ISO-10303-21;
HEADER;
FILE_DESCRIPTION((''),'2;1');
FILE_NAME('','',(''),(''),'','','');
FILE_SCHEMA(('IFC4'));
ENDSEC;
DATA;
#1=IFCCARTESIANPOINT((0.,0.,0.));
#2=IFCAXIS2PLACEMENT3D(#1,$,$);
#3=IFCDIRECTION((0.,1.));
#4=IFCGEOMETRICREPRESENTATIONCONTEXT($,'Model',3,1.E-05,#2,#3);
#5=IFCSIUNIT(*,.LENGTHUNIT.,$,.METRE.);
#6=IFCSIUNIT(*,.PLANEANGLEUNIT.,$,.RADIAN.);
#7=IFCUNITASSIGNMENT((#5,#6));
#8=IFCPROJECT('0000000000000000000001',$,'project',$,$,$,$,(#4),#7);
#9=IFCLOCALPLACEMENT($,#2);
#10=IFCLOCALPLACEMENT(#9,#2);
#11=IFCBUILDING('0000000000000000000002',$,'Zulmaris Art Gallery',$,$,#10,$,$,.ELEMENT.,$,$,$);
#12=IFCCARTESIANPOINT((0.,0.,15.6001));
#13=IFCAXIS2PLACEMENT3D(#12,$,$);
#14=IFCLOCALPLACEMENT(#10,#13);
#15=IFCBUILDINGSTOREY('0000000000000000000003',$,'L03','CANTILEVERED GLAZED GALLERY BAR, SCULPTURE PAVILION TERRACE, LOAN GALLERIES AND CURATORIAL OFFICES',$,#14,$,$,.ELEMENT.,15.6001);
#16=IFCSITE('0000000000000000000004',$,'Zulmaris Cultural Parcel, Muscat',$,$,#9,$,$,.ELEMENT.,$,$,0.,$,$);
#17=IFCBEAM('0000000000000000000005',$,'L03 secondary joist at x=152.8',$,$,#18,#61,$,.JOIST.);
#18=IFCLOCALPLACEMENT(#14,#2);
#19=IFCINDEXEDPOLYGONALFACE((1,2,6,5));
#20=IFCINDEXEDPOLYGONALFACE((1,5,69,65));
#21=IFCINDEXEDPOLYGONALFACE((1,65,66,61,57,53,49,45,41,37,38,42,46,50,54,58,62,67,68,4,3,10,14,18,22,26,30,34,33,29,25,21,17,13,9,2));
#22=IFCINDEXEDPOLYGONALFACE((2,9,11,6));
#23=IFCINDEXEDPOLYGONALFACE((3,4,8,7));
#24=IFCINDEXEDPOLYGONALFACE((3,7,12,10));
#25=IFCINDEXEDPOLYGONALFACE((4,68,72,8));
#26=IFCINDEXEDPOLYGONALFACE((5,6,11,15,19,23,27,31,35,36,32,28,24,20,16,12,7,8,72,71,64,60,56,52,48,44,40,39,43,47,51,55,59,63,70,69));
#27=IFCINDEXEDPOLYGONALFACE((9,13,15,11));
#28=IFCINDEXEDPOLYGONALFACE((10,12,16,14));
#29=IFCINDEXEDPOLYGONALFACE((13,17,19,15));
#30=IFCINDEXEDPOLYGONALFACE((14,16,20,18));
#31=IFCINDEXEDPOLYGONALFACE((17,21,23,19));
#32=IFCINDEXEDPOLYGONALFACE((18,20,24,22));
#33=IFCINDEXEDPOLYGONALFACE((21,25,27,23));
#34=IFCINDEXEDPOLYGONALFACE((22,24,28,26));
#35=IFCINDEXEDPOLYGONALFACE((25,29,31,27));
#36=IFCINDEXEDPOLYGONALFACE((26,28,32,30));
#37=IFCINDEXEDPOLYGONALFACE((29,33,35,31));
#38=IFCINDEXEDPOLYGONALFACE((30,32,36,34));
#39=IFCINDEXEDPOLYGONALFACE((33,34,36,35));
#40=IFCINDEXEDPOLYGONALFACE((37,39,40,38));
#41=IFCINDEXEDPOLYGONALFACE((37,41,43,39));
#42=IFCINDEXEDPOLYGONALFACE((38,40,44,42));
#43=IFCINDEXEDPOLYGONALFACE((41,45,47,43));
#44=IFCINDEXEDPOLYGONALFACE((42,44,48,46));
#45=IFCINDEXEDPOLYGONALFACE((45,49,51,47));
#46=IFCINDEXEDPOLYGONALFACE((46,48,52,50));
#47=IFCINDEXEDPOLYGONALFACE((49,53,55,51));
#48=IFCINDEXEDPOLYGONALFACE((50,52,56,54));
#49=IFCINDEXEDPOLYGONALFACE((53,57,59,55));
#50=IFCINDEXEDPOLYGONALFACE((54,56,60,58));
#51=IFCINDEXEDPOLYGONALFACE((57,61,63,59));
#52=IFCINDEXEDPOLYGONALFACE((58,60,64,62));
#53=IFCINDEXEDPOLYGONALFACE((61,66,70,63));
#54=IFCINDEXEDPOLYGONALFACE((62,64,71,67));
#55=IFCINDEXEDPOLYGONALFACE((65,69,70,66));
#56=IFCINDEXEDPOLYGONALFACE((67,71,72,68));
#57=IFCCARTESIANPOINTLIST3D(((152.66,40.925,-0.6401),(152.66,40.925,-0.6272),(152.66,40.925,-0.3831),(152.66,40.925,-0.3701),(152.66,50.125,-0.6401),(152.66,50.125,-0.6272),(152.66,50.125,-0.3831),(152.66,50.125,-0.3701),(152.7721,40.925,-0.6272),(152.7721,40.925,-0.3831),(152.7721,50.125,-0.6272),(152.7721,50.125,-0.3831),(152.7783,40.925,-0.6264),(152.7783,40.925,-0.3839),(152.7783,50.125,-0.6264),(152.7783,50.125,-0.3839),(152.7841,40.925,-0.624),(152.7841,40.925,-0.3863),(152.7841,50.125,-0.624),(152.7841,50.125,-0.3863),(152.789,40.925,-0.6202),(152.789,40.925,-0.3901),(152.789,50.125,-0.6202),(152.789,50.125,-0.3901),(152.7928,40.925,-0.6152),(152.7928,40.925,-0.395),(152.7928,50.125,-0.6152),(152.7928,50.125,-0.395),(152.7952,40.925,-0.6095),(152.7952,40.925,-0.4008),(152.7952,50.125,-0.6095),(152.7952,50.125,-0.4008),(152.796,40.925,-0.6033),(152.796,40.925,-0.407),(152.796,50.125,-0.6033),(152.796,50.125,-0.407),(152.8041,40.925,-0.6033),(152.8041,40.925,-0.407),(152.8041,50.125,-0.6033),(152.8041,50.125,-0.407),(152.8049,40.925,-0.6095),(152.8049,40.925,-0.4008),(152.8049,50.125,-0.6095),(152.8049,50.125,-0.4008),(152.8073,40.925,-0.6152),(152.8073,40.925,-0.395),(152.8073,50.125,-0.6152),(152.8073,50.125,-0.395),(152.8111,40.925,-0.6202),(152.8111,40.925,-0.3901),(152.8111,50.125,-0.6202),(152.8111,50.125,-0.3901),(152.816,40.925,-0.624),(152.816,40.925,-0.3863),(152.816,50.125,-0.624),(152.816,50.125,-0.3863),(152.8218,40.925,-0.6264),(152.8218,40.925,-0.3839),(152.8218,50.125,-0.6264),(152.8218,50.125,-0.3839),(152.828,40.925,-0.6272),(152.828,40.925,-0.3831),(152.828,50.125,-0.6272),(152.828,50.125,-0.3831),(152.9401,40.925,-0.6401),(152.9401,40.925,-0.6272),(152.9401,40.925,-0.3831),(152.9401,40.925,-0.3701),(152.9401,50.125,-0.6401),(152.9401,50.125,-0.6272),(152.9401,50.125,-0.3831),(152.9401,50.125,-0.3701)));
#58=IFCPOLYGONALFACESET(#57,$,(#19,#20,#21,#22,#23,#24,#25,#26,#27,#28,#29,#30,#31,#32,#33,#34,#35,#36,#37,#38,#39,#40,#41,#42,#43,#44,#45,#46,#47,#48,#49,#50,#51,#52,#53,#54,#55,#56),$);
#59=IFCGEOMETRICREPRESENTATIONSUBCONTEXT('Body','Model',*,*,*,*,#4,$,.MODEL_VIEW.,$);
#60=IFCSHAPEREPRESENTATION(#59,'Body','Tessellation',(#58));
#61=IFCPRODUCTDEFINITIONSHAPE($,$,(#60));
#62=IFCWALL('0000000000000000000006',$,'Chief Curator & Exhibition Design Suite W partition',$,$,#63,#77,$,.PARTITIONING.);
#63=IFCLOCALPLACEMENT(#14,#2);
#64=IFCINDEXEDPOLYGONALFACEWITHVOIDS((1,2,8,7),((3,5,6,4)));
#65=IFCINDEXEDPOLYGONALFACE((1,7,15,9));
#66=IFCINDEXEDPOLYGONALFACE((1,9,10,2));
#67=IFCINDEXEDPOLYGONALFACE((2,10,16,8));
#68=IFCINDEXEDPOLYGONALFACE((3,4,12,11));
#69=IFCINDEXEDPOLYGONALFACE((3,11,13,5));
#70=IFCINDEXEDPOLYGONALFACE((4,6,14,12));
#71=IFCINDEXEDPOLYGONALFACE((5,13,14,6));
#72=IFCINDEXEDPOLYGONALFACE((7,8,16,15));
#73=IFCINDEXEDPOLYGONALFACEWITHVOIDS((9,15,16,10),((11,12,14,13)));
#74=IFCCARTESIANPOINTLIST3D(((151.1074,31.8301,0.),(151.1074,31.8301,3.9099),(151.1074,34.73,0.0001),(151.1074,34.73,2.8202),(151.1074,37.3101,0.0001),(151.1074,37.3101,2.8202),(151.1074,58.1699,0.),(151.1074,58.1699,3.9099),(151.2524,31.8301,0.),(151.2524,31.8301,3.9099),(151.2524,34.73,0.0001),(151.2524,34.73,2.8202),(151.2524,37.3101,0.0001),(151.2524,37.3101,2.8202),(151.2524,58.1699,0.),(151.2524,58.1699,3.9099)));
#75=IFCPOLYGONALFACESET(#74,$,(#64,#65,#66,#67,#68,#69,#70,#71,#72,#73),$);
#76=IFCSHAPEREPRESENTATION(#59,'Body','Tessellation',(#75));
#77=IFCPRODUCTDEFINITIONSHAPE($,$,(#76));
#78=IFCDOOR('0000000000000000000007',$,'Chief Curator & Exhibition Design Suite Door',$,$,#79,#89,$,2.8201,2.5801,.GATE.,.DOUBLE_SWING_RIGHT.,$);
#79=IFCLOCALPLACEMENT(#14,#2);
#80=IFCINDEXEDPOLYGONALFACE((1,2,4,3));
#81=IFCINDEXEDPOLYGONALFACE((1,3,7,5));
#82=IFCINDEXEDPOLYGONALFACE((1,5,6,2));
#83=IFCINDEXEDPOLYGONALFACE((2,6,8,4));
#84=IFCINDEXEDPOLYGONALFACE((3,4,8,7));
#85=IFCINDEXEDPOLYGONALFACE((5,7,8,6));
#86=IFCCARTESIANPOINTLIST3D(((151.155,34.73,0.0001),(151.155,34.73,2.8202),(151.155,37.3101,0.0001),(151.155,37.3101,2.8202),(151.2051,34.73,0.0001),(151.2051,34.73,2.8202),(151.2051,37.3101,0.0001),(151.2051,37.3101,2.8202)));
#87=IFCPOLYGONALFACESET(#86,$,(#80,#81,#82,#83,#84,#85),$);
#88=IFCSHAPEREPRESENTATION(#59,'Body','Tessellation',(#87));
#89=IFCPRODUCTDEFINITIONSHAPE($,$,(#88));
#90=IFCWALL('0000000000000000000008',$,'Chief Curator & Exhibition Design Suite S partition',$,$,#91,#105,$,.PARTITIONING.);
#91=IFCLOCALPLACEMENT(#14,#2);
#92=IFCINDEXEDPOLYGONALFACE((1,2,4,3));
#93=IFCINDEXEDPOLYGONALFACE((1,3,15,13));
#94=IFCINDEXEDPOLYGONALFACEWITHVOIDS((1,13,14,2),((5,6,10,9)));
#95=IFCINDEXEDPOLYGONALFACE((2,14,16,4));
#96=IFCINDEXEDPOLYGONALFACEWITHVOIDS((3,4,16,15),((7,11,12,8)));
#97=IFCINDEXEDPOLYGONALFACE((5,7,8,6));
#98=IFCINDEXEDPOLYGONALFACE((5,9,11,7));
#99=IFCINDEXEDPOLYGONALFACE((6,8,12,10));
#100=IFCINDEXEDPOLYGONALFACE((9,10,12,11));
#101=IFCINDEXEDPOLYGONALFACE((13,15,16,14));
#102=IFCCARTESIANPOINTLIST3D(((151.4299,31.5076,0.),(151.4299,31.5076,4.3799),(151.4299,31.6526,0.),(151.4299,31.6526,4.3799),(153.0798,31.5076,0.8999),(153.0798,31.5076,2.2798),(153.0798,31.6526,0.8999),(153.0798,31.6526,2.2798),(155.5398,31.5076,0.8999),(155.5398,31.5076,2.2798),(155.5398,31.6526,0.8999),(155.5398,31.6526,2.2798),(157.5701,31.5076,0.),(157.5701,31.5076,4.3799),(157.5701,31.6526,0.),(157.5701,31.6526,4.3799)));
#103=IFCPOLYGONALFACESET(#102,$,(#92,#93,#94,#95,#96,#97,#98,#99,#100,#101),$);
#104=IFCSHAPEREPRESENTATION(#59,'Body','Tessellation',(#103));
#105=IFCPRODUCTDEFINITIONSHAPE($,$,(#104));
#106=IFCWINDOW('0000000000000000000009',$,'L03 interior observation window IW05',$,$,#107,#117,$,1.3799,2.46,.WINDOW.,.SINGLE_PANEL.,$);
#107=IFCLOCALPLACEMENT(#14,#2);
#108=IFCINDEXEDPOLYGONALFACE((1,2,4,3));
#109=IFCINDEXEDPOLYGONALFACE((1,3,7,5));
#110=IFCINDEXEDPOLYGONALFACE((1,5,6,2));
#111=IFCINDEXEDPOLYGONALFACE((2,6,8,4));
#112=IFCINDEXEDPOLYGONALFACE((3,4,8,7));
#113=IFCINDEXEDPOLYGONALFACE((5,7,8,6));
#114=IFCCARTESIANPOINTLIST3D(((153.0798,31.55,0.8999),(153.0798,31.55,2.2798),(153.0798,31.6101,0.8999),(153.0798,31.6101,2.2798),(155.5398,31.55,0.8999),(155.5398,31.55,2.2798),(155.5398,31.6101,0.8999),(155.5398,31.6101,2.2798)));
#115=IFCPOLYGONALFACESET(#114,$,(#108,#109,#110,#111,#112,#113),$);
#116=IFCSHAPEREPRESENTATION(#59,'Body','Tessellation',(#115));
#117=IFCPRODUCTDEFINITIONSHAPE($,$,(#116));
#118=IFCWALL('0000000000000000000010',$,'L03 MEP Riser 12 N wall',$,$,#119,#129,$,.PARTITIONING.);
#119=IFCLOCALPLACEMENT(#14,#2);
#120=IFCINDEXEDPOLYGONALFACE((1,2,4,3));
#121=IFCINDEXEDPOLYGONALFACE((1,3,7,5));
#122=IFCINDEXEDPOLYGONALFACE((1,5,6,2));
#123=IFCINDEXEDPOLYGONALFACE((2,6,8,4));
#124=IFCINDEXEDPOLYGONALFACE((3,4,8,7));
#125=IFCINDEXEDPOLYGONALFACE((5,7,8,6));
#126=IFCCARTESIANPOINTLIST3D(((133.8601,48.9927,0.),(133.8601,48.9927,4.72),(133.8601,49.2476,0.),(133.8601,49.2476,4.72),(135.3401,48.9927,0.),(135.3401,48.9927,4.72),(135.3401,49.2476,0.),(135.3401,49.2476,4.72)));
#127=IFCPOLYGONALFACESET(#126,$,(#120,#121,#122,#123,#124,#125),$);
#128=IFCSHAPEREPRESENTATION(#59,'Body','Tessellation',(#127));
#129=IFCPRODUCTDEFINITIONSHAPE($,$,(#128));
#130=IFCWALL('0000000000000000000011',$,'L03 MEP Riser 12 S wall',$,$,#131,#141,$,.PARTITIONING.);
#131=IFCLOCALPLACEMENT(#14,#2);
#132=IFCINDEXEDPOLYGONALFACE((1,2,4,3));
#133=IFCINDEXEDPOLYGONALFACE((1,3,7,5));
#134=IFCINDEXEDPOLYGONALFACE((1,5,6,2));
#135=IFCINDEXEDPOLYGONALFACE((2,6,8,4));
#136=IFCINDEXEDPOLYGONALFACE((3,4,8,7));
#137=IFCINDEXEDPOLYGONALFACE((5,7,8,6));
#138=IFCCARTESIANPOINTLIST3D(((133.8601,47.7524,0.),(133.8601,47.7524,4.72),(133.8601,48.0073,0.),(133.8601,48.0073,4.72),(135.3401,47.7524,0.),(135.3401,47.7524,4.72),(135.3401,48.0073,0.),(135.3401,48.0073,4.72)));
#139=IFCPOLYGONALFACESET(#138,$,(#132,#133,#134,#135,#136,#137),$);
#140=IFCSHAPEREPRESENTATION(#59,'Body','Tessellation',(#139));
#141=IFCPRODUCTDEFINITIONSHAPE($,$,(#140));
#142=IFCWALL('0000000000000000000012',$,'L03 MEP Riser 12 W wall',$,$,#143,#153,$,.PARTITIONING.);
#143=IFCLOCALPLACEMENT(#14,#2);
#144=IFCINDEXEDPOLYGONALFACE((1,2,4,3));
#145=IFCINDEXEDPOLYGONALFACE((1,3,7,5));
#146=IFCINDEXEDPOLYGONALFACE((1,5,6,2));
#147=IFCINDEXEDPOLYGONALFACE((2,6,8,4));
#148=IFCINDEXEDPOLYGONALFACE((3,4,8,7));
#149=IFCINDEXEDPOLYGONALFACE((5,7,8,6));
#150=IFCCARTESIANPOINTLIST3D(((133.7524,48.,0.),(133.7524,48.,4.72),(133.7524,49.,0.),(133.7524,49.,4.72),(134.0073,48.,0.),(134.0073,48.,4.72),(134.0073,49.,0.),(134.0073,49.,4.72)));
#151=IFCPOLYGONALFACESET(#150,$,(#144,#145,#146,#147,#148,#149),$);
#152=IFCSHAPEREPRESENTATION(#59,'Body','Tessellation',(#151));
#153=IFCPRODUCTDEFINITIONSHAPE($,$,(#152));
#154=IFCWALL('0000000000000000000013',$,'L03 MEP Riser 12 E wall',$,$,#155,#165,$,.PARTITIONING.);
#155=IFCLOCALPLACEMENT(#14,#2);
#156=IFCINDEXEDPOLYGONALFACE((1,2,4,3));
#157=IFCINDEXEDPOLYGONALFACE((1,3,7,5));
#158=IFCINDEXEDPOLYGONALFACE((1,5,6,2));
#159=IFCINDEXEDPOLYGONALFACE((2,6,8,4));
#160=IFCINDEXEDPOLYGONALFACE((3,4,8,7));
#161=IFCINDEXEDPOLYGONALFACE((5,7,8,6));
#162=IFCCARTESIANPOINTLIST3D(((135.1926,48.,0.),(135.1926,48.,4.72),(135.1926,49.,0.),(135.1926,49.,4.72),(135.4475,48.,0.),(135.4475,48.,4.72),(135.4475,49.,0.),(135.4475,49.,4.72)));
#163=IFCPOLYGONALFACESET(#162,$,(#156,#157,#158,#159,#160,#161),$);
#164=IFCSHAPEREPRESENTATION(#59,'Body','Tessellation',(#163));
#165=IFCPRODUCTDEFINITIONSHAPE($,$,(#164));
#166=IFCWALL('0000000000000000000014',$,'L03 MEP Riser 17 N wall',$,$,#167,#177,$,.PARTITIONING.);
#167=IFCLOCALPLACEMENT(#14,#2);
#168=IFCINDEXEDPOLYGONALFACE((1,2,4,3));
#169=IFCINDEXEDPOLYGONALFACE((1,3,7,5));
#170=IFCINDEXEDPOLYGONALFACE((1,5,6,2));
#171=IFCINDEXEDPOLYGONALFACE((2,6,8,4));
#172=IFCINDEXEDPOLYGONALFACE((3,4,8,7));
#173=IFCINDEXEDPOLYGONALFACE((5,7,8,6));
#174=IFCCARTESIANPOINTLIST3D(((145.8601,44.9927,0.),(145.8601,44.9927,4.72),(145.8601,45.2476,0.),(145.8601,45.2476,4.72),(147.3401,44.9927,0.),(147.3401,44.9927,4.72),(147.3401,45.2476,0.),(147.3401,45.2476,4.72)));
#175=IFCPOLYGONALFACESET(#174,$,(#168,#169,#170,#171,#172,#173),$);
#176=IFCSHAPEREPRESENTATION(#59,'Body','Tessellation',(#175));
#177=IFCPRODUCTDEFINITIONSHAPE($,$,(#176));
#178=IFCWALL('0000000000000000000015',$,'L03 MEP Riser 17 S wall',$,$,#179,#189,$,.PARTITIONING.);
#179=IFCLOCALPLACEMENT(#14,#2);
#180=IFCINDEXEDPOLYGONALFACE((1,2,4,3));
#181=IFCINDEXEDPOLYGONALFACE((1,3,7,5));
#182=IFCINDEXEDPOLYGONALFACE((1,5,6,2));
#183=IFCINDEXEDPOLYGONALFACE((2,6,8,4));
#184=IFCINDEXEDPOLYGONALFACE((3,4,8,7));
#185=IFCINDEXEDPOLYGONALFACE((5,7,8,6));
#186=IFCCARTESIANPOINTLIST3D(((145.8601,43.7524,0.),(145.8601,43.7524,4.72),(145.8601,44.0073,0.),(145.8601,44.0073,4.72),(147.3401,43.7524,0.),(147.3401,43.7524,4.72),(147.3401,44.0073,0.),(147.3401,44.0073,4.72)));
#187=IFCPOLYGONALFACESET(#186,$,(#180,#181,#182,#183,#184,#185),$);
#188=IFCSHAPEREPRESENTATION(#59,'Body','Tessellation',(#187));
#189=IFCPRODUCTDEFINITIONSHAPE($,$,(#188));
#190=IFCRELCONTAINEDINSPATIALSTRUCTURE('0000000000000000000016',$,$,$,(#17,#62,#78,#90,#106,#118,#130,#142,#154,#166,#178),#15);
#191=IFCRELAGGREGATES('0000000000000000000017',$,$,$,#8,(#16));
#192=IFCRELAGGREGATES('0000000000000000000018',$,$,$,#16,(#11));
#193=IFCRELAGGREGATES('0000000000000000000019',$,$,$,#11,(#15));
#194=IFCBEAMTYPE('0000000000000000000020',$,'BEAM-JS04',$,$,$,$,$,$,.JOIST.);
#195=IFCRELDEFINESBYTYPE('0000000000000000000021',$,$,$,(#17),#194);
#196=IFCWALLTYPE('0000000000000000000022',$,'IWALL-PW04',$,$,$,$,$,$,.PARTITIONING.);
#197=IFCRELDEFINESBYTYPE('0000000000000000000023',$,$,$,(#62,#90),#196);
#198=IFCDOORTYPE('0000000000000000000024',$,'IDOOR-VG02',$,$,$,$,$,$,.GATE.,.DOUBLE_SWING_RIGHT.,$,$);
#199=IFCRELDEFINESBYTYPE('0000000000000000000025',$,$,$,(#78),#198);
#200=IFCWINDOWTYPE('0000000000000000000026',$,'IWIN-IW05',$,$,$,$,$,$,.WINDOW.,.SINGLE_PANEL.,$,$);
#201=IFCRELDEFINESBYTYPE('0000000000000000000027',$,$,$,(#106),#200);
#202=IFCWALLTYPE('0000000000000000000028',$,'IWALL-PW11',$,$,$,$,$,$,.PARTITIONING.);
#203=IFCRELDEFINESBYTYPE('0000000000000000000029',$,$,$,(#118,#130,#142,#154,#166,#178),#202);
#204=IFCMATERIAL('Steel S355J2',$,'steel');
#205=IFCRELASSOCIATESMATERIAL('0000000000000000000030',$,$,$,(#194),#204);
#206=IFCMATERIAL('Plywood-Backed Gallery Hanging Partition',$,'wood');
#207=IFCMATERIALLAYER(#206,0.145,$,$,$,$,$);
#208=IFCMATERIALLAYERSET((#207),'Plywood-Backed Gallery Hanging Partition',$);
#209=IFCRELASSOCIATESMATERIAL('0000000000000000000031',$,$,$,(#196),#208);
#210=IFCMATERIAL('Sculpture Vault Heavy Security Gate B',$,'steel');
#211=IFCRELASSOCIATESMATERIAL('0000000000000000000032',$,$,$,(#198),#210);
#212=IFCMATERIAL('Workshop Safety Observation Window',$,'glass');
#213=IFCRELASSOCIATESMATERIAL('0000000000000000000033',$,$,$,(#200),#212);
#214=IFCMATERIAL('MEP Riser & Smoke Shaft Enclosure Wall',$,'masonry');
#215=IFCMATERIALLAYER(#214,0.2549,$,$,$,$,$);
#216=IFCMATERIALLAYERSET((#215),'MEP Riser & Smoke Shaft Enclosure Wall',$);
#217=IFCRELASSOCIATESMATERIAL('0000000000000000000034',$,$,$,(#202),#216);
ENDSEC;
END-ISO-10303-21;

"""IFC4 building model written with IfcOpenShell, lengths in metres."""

from ifc_helpers import new_model, si_unit, direction, frame, frame_2d, origin, origin_2d, place, context, subcontext, project, spatial, rectangle, i_section, extrude, material, layer, layer_set, material_profile, profile_set, type_object, element, fill, save


model = new_model("IFC4")

# Units and contexts
model_context = context("Model", 3, precision=1e-05, world=origin(), true_north=direction((0.0, 1.0)))
body_context = subcontext(model_context, "Body", "Model", "MODEL_VIEW")
ifc_project = project(units=[si_unit("LENGTHUNIT", "METRE"), si_unit("PLANEANGLEUNIT", "RADIAN")], contexts=[model_context])

# Site, building, storey
site_placement = place(None, origin())
site = spatial("IfcSite", under=ifc_project, at=site_placement, Name="Zulmaris Cultural Parcel, Muscat", CompositionType="ELEMENT", RefElevation=0.0)
building_placement = place(site_placement, origin())
building = spatial("IfcBuilding", under=site, at=building_placement, Name="Zulmaris Art Gallery", CompositionType="ELEMENT")
storey_placement = place(building_placement, frame((0.0, 0.0, 15.6001)))
storey = spatial("IfcBuildingStorey", under=building, at=storey_placement, Name="L03", Description="CANTILEVERED GLAZED GALLERY BAR, SCULPTURE PAVILION TERRACE, LOAN GALLERIES AND CURATORIAL OFFICES", CompositionType="ELEMENT", Elevation=15.6001)

# Beam
ifc_material_1 = material(Name="Steel S355J2", Category="steel")
ifc_material_profile_1 = material_profile(ifc_material_1, i_section(OverallWidth=0.28, OverallDepth=0.27, WebThickness=0.0081, FlangeThickness=0.0129, FilletRadius=0.0239, at=origin_2d()), Name="HEA 280")
ifc_profile_set_1 = profile_set([ifc_material_profile_1], Name="Steel S355J2")
beam_type_1 = type_object("IfcBeamType", Name="BEAM-JS04", PredefinedType="JOIST", material=ifc_profile_set_1)
beam_1_placement = place(storey_placement, frame((152.8, 40.925, -0.5051), z_axis=(0.0, 1.0, 0.0), x_axis=(-1.0, 0.0, 0.0)))
element("IfcBeam", 1, at=beam_1_placement, inside=storey, type_object=beam_type_1, Name="L03 secondary joist at x=152.8", PredefinedType="JOIST", context=body_context, shape_type="SweptSolid", body=[
    extrude(i_section(OverallWidth=0.28, OverallDepth=0.27, WebThickness=0.0081, FlangeThickness=0.0129, FilletRadius=0.0239, at=origin_2d()), origin(), (0.0, 0.0, 1.0), 9.2),
])

# Wall, opening, door
ifc_material_2 = material(Name="Plywood-Backed Gallery Hanging Partition", Category="wood")
ifc_layer_1 = layer(ifc_material_2, 0.145)
ifc_layer_set_1 = layer_set([ifc_layer_1], Name="Plywood-Backed Gallery Hanging Partition")
wall_type_1 = type_object("IfcWallType", Name="IWALL-PW04", PredefinedType="PARTITIONING", material=ifc_layer_set_1)
wall_1_placement = place(storey_placement, frame((151.1799, 31.8301, 0.0), z_axis=(0.0, 0.0, 1.0), x_axis=(0.0, 1.0, 0.0)))
wall_1 = element("IfcWall", 2, at=wall_1_placement, inside=storey, type_object=wall_type_1, Name="Chief Curator & Exhibition Design Suite W partition", PredefinedType="PARTITIONING", context=body_context, shape_type="SweptSolid", body=[
    extrude(rectangle(XDim=26.3398, YDim=0.145, at=frame_2d((13.1699, 0.0))), origin(), (0.0, 0.0, 1.0), 3.9099),
])
opening_1_placement = place(wall_1_placement, frame((2.8999, 0.0, 0.0)))
opening_1 = element("IfcOpeningElement", 3, at=opening_1_placement, cuts=wall_1, PredefinedType="OPENING", context=body_context, shape_type="SweptSolid", body=[
    extrude(rectangle(XDim=2.5801, YDim=2.8201, at=frame_2d((1.29, 1.4102))), frame((0.0, 0.0825, 0.0), z_axis=(0.0, -1.0, 0.0), x_axis=(1.0, 0.0, 0.0)), (0.0, 0.0, 1.0), 0.165),
])
ifc_material_3 = material(Name="Sculpture Vault Heavy Security Gate B", Category="steel")
door_type = type_object("IfcDoorType", Name="IDOOR-VG02", OperationType="DOUBLE_SWING_RIGHT", PredefinedType="GATE", material=ifc_material_3)
door_placement = place(opening_1_placement, origin())
door = element("IfcDoor", 4, at=door_placement, inside=storey, type_object=door_type, Name="Chief Curator & Exhibition Design Suite Door", OperationType="DOUBLE_SWING_RIGHT", OverallHeight=2.8201, OverallWidth=2.5801, PredefinedType="GATE", context=body_context, shape_type="SweptSolid", body=[
    extrude(rectangle(XDim=2.5801, YDim=2.8201, at=frame_2d((1.29, 1.4102))), frame((0.0, 0.0249, 0.0), z_axis=(0.0, -1.0, 0.0), x_axis=(1.0, 0.0, 0.0)), (0.0, 0.0, 1.0), 0.05),
])
fill(opening_1, door)

# Wall, opening, window
wall_2_placement = place(storey_placement, frame((151.4299, 31.5801, 0.0), z_axis=(0.0, 0.0, 1.0), x_axis=(1.0, 0.0, 0.0)))
wall_2 = element("IfcWall", 5, at=wall_2_placement, inside=storey, type_object=wall_type_1, Name="Chief Curator & Exhibition Design Suite S partition", PredefinedType="PARTITIONING", context=body_context, shape_type="SweptSolid", body=[
    extrude(rectangle(XDim=6.1401, YDim=0.145, at=frame_2d((3.0701, 0.0))), origin(), (0.0, 0.0, 1.0), 4.3799),
])
opening_2_placement = place(wall_2_placement, frame((1.6499, 0.0, 0.8999)))
opening_2 = element("IfcOpeningElement", 6, at=opening_2_placement, cuts=wall_2, PredefinedType="OPENING", context=body_context, shape_type="SweptSolid", body=[
    extrude(rectangle(XDim=2.46, YDim=1.3799, at=frame_2d((1.23, 0.6899))), frame((0.0, 0.0825, 0.0), z_axis=(0.0, -1.0, 0.0), x_axis=(1.0, 0.0, 0.0)), (0.0, 0.0, 1.0), 0.165),
])
ifc_material_4 = material(Name="Workshop Safety Observation Window", Category="glass")
window_type = type_object("IfcWindowType", Name="IWIN-IW05", PartitioningType="SINGLE_PANEL", PredefinedType="WINDOW", material=ifc_material_4)
window_placement = place(opening_2_placement, origin())
window = element("IfcWindow", 7, at=window_placement, inside=storey, type_object=window_type, Name="L03 interior observation window IW05", OverallHeight=1.3799, OverallWidth=2.46, PartitioningType="SINGLE_PANEL", PredefinedType="WINDOW", context=body_context, shape_type="SweptSolid", body=[
    extrude(rectangle(XDim=2.46, YDim=1.3799, at=frame_2d((1.23, 0.6899))), frame((0.0, 0.03, 0.0), z_axis=(0.0, -1.0, 0.0), x_axis=(1.0, 0.0, 0.0)), (0.0, 0.0, 1.0), 0.0601),
])
fill(opening_2, window)

# Walls
ifc_material_5 = material(Name="MEP Riser & Smoke Shaft Enclosure Wall", Category="masonry")
ifc_layer_2 = layer(ifc_material_5, 0.2549)
ifc_layer_set_2 = layer_set([ifc_layer_2], Name="MEP Riser & Smoke Shaft Enclosure Wall")
wall_type_2 = type_object("IfcWallType", Name="IWALL-PW11", PredefinedType="PARTITIONING", material=ifc_layer_set_2)
for number, where, z_axis, x_axis, name in (
    (8, (133.8601, 49.1201, 0.0), (0.0, 0.0, 1.0), (1.0, 0.0, 0.0), "L03 MEP Riser 12 N wall"),
    (9, (133.8601, 47.8799, 0.0), (0.0, 0.0, 1.0), (1.0, 0.0, 0.0), "L03 MEP Riser 12 S wall"),
):
    element("IfcWall", number, at=place(storey_placement, frame(where, z_axis=z_axis, x_axis=x_axis)), inside=storey, type_object=wall_type_2, Name=name, PredefinedType="PARTITIONING", context=body_context, shape_type="SweptSolid", body=[
        extrude(rectangle(XDim=1.48, YDim=0.2549, at=frame_2d((0.74, 0.0))), origin(), (0.0, 0.0, 1.0), 4.72),
    ])
for number, where, z_axis, x_axis, name in (
    (10, (133.8799, 48.0, 0.0), (0.0, 0.0, 1.0), (0.0, 1.0, 0.0), "L03 MEP Riser 12 W wall"),
    (11, (135.3201, 48.0, 0.0), (0.0, 0.0, 1.0), (0.0, 1.0, 0.0), "L03 MEP Riser 12 E wall"),
):
    element("IfcWall", number, at=place(storey_placement, frame(where, z_axis=z_axis, x_axis=x_axis)), inside=storey, type_object=wall_type_2, Name=name, PredefinedType="PARTITIONING", context=body_context, shape_type="SweptSolid", body=[
        extrude(rectangle(XDim=1.0, YDim=0.2549, at=frame_2d((0.5, 0.0))), origin(), (0.0, 0.0, 1.0), 4.72),
    ])
for number, where, z_axis, x_axis, name in (
    (12, (145.8601, 45.1201, 0.0), (0.0, 0.0, 1.0), (1.0, 0.0, 0.0), "L03 MEP Riser 17 N wall"),
    (13, (145.8601, 43.8799, 0.0), (0.0, 0.0, 1.0), (1.0, 0.0, 0.0), "L03 MEP Riser 17 S wall"),
):
    element("IfcWall", number, at=place(storey_placement, frame(where, z_axis=z_axis, x_axis=x_axis)), inside=storey, type_object=wall_type_2, Name=name, PredefinedType="PARTITIONING", context=body_context, shape_type="SweptSolid", body=[
        extrude(rectangle(XDim=1.48, YDim=0.2549, at=frame_2d((0.74, 0.0))), origin(), (0.0, 0.0, 1.0), 4.72),
    ])

save(model, "model.ifc")
